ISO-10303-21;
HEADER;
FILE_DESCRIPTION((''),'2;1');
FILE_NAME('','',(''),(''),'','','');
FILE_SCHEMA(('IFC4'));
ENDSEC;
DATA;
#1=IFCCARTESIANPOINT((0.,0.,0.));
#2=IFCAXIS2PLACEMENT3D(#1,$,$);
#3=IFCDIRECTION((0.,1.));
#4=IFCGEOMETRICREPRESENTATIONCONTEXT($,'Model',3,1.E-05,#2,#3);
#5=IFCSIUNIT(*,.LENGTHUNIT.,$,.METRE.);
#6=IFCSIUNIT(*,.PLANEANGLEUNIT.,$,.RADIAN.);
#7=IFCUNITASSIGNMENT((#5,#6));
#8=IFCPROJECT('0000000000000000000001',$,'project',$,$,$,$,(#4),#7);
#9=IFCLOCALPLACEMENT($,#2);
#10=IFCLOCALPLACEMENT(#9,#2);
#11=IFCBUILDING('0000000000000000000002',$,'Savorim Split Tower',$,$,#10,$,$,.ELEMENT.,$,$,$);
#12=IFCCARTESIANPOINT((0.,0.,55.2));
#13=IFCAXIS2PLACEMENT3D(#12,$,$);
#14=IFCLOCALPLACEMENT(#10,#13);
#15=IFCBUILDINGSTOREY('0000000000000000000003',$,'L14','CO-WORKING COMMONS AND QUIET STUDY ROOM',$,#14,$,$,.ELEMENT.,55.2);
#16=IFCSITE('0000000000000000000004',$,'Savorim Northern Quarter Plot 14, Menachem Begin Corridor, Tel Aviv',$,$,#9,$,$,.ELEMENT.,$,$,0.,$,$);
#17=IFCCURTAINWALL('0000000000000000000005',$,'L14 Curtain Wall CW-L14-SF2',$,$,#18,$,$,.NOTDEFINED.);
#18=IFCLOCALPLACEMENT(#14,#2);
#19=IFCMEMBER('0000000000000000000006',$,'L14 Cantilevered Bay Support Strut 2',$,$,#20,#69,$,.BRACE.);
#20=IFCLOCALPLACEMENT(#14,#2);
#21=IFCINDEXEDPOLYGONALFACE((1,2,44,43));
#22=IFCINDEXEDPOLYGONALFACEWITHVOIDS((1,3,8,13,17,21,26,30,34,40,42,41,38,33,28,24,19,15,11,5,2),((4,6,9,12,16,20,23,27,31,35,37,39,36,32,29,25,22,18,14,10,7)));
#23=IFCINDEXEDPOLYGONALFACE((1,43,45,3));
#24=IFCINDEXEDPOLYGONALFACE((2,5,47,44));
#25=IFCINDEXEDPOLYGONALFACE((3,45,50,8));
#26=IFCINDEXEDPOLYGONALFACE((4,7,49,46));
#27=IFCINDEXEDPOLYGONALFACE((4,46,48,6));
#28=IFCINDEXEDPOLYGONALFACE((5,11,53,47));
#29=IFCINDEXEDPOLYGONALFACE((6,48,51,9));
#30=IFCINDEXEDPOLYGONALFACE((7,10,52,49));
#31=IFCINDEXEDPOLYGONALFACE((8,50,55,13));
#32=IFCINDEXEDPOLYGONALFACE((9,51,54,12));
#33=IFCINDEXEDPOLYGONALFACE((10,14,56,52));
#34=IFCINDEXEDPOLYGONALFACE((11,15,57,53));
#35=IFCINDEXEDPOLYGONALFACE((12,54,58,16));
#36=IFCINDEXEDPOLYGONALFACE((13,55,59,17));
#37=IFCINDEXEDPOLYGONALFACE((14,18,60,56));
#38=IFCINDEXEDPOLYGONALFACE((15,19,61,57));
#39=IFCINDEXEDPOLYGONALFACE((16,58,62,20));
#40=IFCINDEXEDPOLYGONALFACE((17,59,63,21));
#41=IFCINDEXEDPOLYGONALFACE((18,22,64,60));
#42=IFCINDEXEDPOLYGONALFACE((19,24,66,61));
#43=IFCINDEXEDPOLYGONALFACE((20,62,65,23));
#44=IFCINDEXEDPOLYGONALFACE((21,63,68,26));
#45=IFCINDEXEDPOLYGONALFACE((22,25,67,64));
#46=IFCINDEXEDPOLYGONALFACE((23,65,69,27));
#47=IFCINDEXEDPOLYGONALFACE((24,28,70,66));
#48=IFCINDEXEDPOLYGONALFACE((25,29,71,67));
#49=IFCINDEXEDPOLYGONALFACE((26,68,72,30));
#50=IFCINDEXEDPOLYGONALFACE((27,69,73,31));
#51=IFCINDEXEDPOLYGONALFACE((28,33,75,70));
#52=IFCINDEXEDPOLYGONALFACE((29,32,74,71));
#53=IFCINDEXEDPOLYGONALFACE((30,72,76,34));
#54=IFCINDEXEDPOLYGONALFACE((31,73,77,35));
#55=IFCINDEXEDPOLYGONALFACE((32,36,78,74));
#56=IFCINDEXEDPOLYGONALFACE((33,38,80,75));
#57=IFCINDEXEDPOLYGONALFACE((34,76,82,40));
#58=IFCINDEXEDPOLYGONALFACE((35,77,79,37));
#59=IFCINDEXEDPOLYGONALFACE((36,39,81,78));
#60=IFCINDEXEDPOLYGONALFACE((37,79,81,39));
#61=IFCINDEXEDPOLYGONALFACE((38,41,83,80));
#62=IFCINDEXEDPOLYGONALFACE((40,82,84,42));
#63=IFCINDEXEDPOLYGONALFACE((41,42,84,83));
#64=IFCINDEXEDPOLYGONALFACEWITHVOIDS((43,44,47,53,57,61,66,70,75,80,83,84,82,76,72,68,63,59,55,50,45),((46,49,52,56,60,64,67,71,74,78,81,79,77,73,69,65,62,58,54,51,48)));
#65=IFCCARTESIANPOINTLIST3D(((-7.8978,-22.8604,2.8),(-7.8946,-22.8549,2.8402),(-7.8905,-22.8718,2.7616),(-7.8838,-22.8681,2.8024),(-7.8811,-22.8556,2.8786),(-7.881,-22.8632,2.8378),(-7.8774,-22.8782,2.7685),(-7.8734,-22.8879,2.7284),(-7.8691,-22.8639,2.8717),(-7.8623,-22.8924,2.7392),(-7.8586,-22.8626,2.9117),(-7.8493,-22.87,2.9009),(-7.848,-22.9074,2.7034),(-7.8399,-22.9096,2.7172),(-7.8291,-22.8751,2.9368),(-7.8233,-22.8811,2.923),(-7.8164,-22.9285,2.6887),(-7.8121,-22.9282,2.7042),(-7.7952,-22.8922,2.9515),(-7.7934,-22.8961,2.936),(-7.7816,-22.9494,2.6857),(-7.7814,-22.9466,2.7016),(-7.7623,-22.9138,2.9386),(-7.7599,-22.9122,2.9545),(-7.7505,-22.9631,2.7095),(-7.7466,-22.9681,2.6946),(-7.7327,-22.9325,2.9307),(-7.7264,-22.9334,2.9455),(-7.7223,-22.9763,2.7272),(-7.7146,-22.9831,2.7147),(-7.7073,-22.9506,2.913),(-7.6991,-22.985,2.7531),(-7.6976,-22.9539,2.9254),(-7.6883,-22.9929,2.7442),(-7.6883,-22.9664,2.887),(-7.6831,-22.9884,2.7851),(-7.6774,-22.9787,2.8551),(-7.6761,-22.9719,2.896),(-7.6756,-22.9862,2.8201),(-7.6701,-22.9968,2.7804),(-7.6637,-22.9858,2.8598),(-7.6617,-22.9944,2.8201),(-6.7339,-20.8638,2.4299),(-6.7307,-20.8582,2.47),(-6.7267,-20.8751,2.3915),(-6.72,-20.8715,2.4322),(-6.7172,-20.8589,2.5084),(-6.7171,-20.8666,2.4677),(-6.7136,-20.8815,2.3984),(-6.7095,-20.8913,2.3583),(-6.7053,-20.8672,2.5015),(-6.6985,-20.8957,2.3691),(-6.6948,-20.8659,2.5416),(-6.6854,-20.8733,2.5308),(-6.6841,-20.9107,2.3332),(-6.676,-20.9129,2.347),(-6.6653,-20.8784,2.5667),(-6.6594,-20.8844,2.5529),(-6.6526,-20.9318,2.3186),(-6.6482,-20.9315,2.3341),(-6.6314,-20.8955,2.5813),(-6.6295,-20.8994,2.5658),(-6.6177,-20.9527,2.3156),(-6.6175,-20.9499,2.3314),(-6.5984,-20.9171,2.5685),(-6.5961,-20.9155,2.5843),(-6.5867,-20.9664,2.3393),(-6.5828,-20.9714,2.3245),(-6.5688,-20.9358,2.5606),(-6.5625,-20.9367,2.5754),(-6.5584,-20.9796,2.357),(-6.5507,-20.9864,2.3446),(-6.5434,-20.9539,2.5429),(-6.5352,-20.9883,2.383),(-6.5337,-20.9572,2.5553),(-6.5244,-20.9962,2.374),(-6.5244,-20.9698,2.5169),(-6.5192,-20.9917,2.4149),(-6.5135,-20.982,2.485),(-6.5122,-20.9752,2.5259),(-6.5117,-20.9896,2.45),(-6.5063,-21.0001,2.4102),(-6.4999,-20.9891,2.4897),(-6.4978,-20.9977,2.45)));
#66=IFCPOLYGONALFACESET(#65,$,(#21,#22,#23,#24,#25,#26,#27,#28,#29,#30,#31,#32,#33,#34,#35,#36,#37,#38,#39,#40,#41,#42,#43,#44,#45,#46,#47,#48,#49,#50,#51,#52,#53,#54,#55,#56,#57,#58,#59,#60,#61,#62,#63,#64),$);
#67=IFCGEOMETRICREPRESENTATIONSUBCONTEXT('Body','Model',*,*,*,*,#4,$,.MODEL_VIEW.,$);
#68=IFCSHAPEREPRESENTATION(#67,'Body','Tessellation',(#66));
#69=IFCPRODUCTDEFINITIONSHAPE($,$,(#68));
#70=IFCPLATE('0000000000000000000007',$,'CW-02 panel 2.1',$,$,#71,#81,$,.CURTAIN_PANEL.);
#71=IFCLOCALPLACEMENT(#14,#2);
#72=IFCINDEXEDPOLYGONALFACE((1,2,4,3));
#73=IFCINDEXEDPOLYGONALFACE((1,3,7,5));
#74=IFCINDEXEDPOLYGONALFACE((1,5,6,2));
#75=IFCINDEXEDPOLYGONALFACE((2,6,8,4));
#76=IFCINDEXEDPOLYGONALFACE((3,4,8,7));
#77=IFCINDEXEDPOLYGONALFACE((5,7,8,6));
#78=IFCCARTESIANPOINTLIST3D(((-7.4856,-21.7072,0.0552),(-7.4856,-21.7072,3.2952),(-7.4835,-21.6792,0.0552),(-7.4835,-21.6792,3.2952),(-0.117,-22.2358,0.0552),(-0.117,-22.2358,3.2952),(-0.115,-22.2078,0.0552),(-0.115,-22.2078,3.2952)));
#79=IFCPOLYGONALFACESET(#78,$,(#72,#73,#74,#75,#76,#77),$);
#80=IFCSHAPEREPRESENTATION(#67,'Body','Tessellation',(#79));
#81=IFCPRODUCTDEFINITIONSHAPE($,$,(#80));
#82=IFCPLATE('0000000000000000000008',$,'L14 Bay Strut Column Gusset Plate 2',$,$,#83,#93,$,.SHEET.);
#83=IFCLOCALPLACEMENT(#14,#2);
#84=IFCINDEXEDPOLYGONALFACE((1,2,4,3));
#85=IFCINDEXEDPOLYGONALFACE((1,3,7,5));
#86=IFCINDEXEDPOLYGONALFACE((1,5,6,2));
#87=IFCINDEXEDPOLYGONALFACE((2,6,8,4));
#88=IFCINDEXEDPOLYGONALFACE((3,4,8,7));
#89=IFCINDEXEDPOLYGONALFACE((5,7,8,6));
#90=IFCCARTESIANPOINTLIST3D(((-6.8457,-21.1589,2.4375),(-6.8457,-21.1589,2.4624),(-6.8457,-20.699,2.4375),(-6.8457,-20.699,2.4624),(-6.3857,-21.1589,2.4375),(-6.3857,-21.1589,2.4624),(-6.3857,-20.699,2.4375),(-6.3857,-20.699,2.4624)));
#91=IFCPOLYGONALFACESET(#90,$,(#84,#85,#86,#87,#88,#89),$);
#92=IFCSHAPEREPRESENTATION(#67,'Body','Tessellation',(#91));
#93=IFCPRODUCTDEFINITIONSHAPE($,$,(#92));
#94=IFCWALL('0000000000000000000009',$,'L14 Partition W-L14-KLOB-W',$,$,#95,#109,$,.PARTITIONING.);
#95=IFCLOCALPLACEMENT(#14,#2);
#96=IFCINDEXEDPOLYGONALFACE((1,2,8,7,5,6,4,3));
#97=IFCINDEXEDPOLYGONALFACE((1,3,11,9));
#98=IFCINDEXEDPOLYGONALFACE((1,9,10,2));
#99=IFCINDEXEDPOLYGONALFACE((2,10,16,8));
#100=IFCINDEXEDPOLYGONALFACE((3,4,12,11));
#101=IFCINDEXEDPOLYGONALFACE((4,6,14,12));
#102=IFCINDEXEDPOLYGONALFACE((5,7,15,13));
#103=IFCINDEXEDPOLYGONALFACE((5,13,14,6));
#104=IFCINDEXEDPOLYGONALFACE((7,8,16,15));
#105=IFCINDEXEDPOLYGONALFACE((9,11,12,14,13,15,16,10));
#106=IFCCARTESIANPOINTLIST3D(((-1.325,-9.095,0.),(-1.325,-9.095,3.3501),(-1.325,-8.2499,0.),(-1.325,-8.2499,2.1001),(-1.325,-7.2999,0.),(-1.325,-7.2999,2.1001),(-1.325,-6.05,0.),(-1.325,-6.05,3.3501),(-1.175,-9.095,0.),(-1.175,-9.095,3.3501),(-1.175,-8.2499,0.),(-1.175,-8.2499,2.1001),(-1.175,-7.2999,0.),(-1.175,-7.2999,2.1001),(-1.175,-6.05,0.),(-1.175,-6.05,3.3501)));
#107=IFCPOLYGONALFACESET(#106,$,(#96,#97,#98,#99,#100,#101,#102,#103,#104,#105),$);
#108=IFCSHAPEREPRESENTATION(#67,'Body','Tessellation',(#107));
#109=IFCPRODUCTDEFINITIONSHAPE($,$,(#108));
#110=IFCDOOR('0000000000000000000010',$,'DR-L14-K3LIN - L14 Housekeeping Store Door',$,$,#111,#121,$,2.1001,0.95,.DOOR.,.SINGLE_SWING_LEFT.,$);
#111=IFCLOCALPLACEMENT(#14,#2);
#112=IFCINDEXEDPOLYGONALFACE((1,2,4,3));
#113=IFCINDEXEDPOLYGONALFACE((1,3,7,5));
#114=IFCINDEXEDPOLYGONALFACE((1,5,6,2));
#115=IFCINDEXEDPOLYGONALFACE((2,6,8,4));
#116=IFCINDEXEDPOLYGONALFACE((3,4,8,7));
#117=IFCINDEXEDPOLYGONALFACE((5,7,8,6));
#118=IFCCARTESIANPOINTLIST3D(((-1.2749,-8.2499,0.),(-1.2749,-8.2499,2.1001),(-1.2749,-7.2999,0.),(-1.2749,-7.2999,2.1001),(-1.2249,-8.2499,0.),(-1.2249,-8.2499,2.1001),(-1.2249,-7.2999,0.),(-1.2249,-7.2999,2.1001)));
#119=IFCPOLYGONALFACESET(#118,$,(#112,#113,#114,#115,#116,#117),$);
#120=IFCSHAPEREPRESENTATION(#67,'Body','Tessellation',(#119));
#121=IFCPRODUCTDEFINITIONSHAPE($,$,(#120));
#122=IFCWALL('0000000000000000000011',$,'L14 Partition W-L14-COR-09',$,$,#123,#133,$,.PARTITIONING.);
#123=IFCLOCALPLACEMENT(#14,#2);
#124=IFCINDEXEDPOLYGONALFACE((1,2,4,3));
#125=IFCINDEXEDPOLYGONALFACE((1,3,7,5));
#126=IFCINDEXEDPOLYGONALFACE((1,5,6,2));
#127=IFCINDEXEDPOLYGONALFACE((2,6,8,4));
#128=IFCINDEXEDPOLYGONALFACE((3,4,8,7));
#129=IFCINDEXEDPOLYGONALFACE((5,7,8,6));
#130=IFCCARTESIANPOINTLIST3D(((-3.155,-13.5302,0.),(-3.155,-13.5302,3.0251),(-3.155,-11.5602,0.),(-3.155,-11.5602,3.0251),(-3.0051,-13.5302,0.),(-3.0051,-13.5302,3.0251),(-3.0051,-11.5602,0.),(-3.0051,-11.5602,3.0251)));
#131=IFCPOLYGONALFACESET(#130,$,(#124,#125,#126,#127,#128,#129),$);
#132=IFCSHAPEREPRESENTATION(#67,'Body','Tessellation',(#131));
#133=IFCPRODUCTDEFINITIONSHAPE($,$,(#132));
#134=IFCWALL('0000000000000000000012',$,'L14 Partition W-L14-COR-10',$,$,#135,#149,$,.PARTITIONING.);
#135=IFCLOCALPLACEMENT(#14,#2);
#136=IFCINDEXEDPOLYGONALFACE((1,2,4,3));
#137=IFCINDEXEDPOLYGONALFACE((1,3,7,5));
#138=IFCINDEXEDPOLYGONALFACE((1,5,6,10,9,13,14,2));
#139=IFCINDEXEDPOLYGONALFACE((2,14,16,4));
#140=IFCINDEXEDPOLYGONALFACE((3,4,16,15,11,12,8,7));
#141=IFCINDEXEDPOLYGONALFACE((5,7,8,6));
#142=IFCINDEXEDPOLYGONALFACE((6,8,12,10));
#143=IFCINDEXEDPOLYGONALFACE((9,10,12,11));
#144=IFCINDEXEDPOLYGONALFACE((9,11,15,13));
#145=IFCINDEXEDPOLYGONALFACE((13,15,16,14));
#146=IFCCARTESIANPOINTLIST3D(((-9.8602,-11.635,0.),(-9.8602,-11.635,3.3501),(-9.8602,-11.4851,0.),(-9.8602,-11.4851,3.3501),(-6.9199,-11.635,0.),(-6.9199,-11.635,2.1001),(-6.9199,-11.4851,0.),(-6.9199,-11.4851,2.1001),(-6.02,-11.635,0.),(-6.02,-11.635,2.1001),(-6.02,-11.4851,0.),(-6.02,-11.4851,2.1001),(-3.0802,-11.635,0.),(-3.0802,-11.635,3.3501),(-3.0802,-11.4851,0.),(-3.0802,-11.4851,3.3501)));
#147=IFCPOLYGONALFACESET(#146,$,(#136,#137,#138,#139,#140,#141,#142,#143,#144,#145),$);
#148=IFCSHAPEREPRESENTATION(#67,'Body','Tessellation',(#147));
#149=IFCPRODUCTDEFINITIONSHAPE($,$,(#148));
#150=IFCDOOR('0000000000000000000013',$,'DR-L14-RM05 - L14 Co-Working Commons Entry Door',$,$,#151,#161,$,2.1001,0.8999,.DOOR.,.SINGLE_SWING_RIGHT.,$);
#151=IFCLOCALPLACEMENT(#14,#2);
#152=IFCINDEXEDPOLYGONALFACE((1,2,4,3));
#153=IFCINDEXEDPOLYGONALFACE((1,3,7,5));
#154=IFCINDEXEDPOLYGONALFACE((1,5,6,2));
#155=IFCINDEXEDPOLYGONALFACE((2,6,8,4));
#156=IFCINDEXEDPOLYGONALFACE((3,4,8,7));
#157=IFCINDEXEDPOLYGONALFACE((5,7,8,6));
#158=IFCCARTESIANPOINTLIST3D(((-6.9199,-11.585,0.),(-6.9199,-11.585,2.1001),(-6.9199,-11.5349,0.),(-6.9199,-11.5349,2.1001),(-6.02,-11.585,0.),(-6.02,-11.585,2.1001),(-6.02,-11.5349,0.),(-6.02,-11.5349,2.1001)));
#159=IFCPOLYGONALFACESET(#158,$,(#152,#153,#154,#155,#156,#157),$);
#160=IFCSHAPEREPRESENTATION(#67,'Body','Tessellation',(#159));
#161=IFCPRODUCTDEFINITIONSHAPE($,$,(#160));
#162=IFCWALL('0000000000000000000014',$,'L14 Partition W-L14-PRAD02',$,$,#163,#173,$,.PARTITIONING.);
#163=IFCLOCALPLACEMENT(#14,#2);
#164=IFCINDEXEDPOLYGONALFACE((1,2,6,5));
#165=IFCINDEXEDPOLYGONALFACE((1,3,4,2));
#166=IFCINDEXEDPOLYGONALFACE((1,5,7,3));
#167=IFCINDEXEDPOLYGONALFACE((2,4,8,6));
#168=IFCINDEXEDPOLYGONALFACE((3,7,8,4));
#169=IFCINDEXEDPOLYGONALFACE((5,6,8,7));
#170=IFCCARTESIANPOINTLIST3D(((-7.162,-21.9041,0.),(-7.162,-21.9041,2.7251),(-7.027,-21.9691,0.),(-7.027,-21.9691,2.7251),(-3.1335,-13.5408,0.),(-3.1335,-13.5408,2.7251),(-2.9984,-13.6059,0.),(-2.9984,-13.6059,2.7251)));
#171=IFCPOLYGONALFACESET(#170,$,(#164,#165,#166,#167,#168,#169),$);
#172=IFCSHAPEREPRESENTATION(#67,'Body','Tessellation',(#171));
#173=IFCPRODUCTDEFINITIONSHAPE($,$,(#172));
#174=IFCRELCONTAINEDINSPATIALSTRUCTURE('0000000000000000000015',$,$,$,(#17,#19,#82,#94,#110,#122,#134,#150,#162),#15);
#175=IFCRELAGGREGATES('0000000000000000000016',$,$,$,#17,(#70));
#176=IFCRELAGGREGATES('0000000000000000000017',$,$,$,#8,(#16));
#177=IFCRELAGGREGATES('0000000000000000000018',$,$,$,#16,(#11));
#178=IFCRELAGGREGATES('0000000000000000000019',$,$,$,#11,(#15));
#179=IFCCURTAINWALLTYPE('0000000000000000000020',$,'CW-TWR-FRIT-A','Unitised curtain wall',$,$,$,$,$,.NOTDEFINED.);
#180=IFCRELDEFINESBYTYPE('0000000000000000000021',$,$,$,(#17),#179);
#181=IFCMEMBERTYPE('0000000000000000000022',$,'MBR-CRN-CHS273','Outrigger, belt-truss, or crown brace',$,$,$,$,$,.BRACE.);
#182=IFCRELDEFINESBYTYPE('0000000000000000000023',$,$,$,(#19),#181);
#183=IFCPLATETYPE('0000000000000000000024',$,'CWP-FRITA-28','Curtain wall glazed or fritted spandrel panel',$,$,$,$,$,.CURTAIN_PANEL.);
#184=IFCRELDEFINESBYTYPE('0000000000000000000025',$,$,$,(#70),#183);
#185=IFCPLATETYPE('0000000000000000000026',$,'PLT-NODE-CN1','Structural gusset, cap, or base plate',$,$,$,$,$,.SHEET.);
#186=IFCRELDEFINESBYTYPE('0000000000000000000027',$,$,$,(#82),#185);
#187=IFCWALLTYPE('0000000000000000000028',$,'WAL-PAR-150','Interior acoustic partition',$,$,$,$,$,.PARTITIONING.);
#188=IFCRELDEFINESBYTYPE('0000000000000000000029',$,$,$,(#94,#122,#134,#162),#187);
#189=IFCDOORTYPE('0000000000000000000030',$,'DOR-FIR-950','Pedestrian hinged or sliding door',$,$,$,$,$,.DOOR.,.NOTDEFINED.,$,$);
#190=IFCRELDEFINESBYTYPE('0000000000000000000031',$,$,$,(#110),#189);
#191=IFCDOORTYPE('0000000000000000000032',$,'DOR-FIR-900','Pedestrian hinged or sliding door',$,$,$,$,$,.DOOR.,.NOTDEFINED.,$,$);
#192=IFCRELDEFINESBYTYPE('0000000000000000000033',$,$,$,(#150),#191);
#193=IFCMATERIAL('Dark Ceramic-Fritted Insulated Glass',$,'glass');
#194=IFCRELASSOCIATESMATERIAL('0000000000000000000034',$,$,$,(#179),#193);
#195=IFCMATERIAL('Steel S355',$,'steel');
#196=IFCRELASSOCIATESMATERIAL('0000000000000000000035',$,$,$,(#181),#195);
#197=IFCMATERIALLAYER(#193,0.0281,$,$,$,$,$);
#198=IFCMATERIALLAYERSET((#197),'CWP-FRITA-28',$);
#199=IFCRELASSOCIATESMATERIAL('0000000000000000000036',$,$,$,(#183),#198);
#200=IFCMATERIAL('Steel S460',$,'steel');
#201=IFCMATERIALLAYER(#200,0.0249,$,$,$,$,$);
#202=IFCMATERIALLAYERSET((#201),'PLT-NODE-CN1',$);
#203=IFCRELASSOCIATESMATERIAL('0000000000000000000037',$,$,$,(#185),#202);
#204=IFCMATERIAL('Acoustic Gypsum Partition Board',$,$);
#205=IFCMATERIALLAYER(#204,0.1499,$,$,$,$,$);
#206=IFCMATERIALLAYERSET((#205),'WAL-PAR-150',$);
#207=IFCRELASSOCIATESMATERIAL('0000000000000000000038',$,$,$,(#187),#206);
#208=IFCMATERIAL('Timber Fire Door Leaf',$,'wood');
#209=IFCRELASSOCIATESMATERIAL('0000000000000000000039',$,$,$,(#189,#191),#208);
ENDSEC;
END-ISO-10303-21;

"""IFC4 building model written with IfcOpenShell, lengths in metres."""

from ifc_helpers import new_model, si_unit, direction, frame, frame_2d, origin, origin_2d, place, context, subcontext, project, spatial, rectangle, hollow_circle, extrude, material, layer, layer_set, material_profile, profile_set, type_object, element, fill, aggregate, save


model = new_model("IFC4")

# Units and contexts
model_context = context("Model", 3, precision=1e-05, world=origin(), true_north=direction((0.0, 1.0)))
body_context = subcontext(model_context, "Body", "Model", "MODEL_VIEW")
ifc_project = project(units=[si_unit("LENGTHUNIT", "METRE"), si_unit("PLANEANGLEUNIT", "RADIAN")], contexts=[model_context])

# Site, building, storey
site_placement = place(None, origin())
site = spatial("IfcSite", under=ifc_project, at=site_placement, Name="Savorim Northern Quarter Plot 14, Menachem Begin Corridor, Tel Aviv", CompositionType="ELEMENT", RefElevation=0.0)
building_placement = place(site_placement, origin())
building = spatial("IfcBuilding", under=site, at=building_placement, Name="Savorim Split Tower", CompositionType="ELEMENT")
storey_placement = place(building_placement, frame((0.0, 0.0, 55.2)))
storey = spatial("IfcBuildingStorey", under=building, at=storey_placement, Name="L14", Description="CO-WORKING COMMONS AND QUIET STUDY ROOM", CompositionType="ELEMENT", Elevation=55.2)

# Shared definitions
ifc_material_1 = material(Name="Steel S460", Category="steel")

# Shared definitions
ifc_material_2 = material(Name="Steel S355", Category="steel")

# Curtain wall
ifc_material_3 = material(Name="Dark Ceramic-Fritted Insulated Glass", Category="glass")
curtain_wall_type = type_object("IfcCurtainWallType", Name="CW-TWR-FRIT-A", Description="Unitised curtain wall", PredefinedType="NOTDEFINED", material=ifc_material_3)
curtain_wall_placement = place(storey_placement, origin())
curtain_wall = element("IfcCurtainWall", 1, at=curtain_wall_placement, inside=storey, type_object=curtain_wall_type, Name="L14 Curtain Wall CW-L14-SF2", PredefinedType="NOTDEFINED")

# Member
ifc_material_profile_1 = material_profile(ifc_material_2, hollow_circle(Radius=0.1365, WallThickness=0.0161, at=origin_2d()), Name="CHS 273x16")
ifc_profile_set_1 = profile_set([ifc_material_profile_1], Name="Steel S355")
member_type_1 = type_object("IfcMemberType", Name="MBR-CRN-CHS273", Description="Outrigger, belt-truss, or crown brace", PredefinedType="BRACE", material=ifc_profile_set_1)
member_1_placement = place(storey_placement, frame((-6.6157, -20.929, 2.45), z_axis=(-0.497258, -0.853069, 0.158138), x_axis=(0.86394, -0.503595, 0.0)))
element("IfcMember", 2, at=member_1_placement, inside=storey, type_object=member_type_1, Name="L14 Cantilevered Bay Support Strut 2", PredefinedType="BRACE", context=body_context, shape_type="SweptSolid", body=[
    extrude(hollow_circle(Radius=0.1365, WallThickness=0.0161, at=origin_2d()), origin(), (0.0, 0.0, 1.0), 2.3406),
])

# Plates
ifc_layer_1 = layer(ifc_material_3, 0.0281)
ifc_layer_set_1 = layer_set([ifc_layer_1], Name="CWP-FRITA-28")
plate_type_1 = type_object("IfcPlateType", Name="CWP-FRITA-28", Description="Curtain wall glazed or fritted spandrel panel", PredefinedType="CURTAIN_PANEL", material=ifc_layer_set_1)
plate_1_placement = place(storey_placement, frame((-3.8003, -21.9575, 0.0552), z_axis=(0.0, 0.0, 1.0), x_axis=(0.997437, -0.071557, 0.0)))
plate_1 = element("IfcPlate", 3, at=plate_1_placement, type_object=plate_type_1, Name="CW-02 panel 2.1", PredefinedType="CURTAIN_PANEL", context=body_context, shape_type="SweptSolid", body=[
    extrude(rectangle(XDim=7.3875, YDim=0.0281, at=origin_2d()), origin(), (0.0, 0.0, 1.0), 3.24),
])
aggregate(curtain_wall, [plate_1])
ifc_layer_2 = layer(ifc_material_1, 0.0249)
ifc_layer_set_2 = layer_set([ifc_layer_2], Name="PLT-NODE-CN1")
plate_type_2 = type_object("IfcPlateType", Name="PLT-NODE-CN1", Description="Structural gusset, cap, or base plate", PredefinedType="SHEET", material=ifc_layer_set_2)
plate_2_placement = place(storey_placement, frame((-6.6157, -20.929, 2.4375), z_axis=(0.0, 0.0, 1.0), x_axis=(1.0, 0.0, 0.0)))
element("IfcPlate", 4, at=plate_2_placement, inside=storey, type_object=plate_type_2, Name="L14 Bay Strut Column Gusset Plate 2", PredefinedType="SHEET", context=body_context, shape_type="SweptSolid", body=[
    extrude(rectangle(XDim=0.46, YDim=0.46, at=origin_2d()), origin(), (0.0, 0.0, 1.0), 0.0249),
])

# Wall, opening, door
ifc_material_4 = material(Name="Acoustic Gypsum Partition Board")
ifc_layer_3 = layer(ifc_material_4, 0.1499)
ifc_layer_set_3 = layer_set([ifc_layer_3], Name="WAL-PAR-150")
wall_type = type_object("IfcWallType", Name="WAL-PAR-150", Description="Interior acoustic partition", PredefinedType="PARTITIONING", material=ifc_layer_set_3)
wall_1_placement = place(storey_placement, frame((-1.25, -9.095, 0.0), z_axis=(0.0, 0.0, 1.0), x_axis=(0.0, 1.0, 0.0)))
wall_1 = element("IfcWall", 5, at=wall_1_placement, inside=storey, type_object=wall_type, Name="L14 Partition W-L14-KLOB-W", PredefinedType="PARTITIONING", context=body_context, shape_type="SweptSolid", body=[
    extrude(rectangle(XDim=3.0449, YDim=0.1499, at=frame_2d((1.5225, 0.0))), origin(), (0.0, 0.0, 1.0), 3.3501),
])
opening_1_placement = place(wall_1_placement, frame((0.845, 0.0, 0.0)))
opening_1 = element("IfcOpeningElement", 6, at=opening_1_placement, cuts=wall_1, PredefinedType="OPENING", context=body_context, shape_type="SweptSolid", body=[
    extrude(rectangle(XDim=0.95, YDim=2.1001, at=frame_2d((0.4751, 1.05))), frame((0.0, 0.085, 0.0), z_axis=(0.0, -1.0, 0.0), x_axis=(1.0, 0.0, 0.0)), (0.0, 0.0, 1.0), 0.1699),
])
ifc_material_5 = material(Name="Timber Fire Door Leaf", Category="wood")
door_type_1 = type_object("IfcDoorType", Name="DOR-FIR-950", Description="Pedestrian hinged or sliding door", OperationType="NOTDEFINED", PredefinedType="DOOR", material=ifc_material_5)
door_1_placement = place(opening_1_placement, origin())
door_1 = element("IfcDoor", 7, at=door_1_placement, inside=storey, type_object=door_type_1, Name="DR-L14-K3LIN - L14 Housekeeping Store Door", OperationType="SINGLE_SWING_LEFT", OverallHeight=2.1001, OverallWidth=0.95, PredefinedType="DOOR", context=body_context, shape_type="SweptSolid", body=[
    extrude(rectangle(XDim=0.95, YDim=2.1001, at=frame_2d((0.4751, 1.05))), frame((0.0, 0.0249, 0.0), z_axis=(0.0, -1.0, 0.0), x_axis=(1.0, 0.0, 0.0)), (0.0, 0.0, 1.0), 0.05),
])
fill(opening_1, door_1)

# Wall
wall_2_placement = place(storey_placement, frame((-3.0801, -13.53, 0.0), z_axis=(0.0, 0.0, 1.0), x_axis=(0.0, 1.0, 0.0)))
element("IfcWall", 8, at=wall_2_placement, inside=storey, type_object=wall_type, Name="L14 Partition W-L14-COR-09", PredefinedType="PARTITIONING", context=body_context, shape_type="SweptSolid", body=[
    extrude(rectangle(XDim=1.97, YDim=0.1499, at=frame_2d((0.9849, 0.0))), origin(), (0.0, 0.0, 1.0), 3.0251),
])

# Wall, opening, door
wall_3_placement = place(storey_placement, frame((-3.0801, -11.5601, 0.0), z_axis=(0.0, 0.0, 1.0), x_axis=(-1.0, 0.0, 0.0)))
wall_3 = element("IfcWall", 9, at=wall_3_placement, inside=storey, type_object=wall_type, Name="L14 Partition W-L14-COR-10", PredefinedType="PARTITIONING", context=body_context, shape_type="SweptSolid", body=[
    extrude(rectangle(XDim=6.78, YDim=0.1499, at=frame_2d((3.3901, 0.0))), origin(), (0.0, 0.0, 1.0), 3.3501),
])
opening_2_placement = place(wall_3_placement, frame((2.9399, 0.0, 0.0)))
opening_2 = element("IfcOpeningElement", 10, at=opening_2_placement, cuts=wall_3, PredefinedType="OPENING", context=body_context, shape_type="SweptSolid", body=[
    extrude(rectangle(XDim=0.8999, YDim=2.1001, at=frame_2d((0.45, 1.05))), frame((0.0, 0.085, 0.0), z_axis=(0.0, -1.0, 0.0), x_axis=(1.0, 0.0, 0.0)), (0.0, 0.0, 1.0), 0.1699),
])
door_type_2 = type_object("IfcDoorType", Name="DOR-FIR-900", Description="Pedestrian hinged or sliding door", OperationType="NOTDEFINED", PredefinedType="DOOR", material=ifc_material_5)
door_2_placement = place(opening_2_placement, origin())
door_2 = element("IfcDoor", 11, at=door_2_placement, inside=storey, type_object=door_type_2, Name="DR-L14-RM05 - L14 Co-Working Commons Entry Door", OperationType="SINGLE_SWING_RIGHT", OverallHeight=2.1001, OverallWidth=0.8999, PredefinedType="DOOR", context=body_context, shape_type="SweptSolid", body=[
    extrude(rectangle(XDim=0.8999, YDim=2.1001, at=frame_2d((0.45, 1.05))), frame((0.0, 0.0249, 0.0), z_axis=(0.0, -1.0, 0.0), x_axis=(1.0, 0.0, 0.0)), (0.0, 0.0, 1.0), 0.05),
])
fill(opening_2, door_2)

# Wall
wall_4_placement = place(storey_placement, frame((-3.0659, -13.5732, 0.0), z_axis=(0.0, 0.0, 1.0), x_axis=(-0.433973, -0.900926, 0.0)))
element("IfcWall", 12, at=wall_4_placement, inside=storey, type_object=wall_type, Name="L14 Partition W-L14-PRAD02", PredefinedType="PARTITIONING", context=body_context, shape_type="SweptSolid", body=[
    extrude(rectangle(XDim=9.283, YDim=0.1499, at=frame_2d((4.6416, 0.0))), origin(), (0.0, 0.0, 1.0), 2.7251),
])

save(model, "model.ifc")
